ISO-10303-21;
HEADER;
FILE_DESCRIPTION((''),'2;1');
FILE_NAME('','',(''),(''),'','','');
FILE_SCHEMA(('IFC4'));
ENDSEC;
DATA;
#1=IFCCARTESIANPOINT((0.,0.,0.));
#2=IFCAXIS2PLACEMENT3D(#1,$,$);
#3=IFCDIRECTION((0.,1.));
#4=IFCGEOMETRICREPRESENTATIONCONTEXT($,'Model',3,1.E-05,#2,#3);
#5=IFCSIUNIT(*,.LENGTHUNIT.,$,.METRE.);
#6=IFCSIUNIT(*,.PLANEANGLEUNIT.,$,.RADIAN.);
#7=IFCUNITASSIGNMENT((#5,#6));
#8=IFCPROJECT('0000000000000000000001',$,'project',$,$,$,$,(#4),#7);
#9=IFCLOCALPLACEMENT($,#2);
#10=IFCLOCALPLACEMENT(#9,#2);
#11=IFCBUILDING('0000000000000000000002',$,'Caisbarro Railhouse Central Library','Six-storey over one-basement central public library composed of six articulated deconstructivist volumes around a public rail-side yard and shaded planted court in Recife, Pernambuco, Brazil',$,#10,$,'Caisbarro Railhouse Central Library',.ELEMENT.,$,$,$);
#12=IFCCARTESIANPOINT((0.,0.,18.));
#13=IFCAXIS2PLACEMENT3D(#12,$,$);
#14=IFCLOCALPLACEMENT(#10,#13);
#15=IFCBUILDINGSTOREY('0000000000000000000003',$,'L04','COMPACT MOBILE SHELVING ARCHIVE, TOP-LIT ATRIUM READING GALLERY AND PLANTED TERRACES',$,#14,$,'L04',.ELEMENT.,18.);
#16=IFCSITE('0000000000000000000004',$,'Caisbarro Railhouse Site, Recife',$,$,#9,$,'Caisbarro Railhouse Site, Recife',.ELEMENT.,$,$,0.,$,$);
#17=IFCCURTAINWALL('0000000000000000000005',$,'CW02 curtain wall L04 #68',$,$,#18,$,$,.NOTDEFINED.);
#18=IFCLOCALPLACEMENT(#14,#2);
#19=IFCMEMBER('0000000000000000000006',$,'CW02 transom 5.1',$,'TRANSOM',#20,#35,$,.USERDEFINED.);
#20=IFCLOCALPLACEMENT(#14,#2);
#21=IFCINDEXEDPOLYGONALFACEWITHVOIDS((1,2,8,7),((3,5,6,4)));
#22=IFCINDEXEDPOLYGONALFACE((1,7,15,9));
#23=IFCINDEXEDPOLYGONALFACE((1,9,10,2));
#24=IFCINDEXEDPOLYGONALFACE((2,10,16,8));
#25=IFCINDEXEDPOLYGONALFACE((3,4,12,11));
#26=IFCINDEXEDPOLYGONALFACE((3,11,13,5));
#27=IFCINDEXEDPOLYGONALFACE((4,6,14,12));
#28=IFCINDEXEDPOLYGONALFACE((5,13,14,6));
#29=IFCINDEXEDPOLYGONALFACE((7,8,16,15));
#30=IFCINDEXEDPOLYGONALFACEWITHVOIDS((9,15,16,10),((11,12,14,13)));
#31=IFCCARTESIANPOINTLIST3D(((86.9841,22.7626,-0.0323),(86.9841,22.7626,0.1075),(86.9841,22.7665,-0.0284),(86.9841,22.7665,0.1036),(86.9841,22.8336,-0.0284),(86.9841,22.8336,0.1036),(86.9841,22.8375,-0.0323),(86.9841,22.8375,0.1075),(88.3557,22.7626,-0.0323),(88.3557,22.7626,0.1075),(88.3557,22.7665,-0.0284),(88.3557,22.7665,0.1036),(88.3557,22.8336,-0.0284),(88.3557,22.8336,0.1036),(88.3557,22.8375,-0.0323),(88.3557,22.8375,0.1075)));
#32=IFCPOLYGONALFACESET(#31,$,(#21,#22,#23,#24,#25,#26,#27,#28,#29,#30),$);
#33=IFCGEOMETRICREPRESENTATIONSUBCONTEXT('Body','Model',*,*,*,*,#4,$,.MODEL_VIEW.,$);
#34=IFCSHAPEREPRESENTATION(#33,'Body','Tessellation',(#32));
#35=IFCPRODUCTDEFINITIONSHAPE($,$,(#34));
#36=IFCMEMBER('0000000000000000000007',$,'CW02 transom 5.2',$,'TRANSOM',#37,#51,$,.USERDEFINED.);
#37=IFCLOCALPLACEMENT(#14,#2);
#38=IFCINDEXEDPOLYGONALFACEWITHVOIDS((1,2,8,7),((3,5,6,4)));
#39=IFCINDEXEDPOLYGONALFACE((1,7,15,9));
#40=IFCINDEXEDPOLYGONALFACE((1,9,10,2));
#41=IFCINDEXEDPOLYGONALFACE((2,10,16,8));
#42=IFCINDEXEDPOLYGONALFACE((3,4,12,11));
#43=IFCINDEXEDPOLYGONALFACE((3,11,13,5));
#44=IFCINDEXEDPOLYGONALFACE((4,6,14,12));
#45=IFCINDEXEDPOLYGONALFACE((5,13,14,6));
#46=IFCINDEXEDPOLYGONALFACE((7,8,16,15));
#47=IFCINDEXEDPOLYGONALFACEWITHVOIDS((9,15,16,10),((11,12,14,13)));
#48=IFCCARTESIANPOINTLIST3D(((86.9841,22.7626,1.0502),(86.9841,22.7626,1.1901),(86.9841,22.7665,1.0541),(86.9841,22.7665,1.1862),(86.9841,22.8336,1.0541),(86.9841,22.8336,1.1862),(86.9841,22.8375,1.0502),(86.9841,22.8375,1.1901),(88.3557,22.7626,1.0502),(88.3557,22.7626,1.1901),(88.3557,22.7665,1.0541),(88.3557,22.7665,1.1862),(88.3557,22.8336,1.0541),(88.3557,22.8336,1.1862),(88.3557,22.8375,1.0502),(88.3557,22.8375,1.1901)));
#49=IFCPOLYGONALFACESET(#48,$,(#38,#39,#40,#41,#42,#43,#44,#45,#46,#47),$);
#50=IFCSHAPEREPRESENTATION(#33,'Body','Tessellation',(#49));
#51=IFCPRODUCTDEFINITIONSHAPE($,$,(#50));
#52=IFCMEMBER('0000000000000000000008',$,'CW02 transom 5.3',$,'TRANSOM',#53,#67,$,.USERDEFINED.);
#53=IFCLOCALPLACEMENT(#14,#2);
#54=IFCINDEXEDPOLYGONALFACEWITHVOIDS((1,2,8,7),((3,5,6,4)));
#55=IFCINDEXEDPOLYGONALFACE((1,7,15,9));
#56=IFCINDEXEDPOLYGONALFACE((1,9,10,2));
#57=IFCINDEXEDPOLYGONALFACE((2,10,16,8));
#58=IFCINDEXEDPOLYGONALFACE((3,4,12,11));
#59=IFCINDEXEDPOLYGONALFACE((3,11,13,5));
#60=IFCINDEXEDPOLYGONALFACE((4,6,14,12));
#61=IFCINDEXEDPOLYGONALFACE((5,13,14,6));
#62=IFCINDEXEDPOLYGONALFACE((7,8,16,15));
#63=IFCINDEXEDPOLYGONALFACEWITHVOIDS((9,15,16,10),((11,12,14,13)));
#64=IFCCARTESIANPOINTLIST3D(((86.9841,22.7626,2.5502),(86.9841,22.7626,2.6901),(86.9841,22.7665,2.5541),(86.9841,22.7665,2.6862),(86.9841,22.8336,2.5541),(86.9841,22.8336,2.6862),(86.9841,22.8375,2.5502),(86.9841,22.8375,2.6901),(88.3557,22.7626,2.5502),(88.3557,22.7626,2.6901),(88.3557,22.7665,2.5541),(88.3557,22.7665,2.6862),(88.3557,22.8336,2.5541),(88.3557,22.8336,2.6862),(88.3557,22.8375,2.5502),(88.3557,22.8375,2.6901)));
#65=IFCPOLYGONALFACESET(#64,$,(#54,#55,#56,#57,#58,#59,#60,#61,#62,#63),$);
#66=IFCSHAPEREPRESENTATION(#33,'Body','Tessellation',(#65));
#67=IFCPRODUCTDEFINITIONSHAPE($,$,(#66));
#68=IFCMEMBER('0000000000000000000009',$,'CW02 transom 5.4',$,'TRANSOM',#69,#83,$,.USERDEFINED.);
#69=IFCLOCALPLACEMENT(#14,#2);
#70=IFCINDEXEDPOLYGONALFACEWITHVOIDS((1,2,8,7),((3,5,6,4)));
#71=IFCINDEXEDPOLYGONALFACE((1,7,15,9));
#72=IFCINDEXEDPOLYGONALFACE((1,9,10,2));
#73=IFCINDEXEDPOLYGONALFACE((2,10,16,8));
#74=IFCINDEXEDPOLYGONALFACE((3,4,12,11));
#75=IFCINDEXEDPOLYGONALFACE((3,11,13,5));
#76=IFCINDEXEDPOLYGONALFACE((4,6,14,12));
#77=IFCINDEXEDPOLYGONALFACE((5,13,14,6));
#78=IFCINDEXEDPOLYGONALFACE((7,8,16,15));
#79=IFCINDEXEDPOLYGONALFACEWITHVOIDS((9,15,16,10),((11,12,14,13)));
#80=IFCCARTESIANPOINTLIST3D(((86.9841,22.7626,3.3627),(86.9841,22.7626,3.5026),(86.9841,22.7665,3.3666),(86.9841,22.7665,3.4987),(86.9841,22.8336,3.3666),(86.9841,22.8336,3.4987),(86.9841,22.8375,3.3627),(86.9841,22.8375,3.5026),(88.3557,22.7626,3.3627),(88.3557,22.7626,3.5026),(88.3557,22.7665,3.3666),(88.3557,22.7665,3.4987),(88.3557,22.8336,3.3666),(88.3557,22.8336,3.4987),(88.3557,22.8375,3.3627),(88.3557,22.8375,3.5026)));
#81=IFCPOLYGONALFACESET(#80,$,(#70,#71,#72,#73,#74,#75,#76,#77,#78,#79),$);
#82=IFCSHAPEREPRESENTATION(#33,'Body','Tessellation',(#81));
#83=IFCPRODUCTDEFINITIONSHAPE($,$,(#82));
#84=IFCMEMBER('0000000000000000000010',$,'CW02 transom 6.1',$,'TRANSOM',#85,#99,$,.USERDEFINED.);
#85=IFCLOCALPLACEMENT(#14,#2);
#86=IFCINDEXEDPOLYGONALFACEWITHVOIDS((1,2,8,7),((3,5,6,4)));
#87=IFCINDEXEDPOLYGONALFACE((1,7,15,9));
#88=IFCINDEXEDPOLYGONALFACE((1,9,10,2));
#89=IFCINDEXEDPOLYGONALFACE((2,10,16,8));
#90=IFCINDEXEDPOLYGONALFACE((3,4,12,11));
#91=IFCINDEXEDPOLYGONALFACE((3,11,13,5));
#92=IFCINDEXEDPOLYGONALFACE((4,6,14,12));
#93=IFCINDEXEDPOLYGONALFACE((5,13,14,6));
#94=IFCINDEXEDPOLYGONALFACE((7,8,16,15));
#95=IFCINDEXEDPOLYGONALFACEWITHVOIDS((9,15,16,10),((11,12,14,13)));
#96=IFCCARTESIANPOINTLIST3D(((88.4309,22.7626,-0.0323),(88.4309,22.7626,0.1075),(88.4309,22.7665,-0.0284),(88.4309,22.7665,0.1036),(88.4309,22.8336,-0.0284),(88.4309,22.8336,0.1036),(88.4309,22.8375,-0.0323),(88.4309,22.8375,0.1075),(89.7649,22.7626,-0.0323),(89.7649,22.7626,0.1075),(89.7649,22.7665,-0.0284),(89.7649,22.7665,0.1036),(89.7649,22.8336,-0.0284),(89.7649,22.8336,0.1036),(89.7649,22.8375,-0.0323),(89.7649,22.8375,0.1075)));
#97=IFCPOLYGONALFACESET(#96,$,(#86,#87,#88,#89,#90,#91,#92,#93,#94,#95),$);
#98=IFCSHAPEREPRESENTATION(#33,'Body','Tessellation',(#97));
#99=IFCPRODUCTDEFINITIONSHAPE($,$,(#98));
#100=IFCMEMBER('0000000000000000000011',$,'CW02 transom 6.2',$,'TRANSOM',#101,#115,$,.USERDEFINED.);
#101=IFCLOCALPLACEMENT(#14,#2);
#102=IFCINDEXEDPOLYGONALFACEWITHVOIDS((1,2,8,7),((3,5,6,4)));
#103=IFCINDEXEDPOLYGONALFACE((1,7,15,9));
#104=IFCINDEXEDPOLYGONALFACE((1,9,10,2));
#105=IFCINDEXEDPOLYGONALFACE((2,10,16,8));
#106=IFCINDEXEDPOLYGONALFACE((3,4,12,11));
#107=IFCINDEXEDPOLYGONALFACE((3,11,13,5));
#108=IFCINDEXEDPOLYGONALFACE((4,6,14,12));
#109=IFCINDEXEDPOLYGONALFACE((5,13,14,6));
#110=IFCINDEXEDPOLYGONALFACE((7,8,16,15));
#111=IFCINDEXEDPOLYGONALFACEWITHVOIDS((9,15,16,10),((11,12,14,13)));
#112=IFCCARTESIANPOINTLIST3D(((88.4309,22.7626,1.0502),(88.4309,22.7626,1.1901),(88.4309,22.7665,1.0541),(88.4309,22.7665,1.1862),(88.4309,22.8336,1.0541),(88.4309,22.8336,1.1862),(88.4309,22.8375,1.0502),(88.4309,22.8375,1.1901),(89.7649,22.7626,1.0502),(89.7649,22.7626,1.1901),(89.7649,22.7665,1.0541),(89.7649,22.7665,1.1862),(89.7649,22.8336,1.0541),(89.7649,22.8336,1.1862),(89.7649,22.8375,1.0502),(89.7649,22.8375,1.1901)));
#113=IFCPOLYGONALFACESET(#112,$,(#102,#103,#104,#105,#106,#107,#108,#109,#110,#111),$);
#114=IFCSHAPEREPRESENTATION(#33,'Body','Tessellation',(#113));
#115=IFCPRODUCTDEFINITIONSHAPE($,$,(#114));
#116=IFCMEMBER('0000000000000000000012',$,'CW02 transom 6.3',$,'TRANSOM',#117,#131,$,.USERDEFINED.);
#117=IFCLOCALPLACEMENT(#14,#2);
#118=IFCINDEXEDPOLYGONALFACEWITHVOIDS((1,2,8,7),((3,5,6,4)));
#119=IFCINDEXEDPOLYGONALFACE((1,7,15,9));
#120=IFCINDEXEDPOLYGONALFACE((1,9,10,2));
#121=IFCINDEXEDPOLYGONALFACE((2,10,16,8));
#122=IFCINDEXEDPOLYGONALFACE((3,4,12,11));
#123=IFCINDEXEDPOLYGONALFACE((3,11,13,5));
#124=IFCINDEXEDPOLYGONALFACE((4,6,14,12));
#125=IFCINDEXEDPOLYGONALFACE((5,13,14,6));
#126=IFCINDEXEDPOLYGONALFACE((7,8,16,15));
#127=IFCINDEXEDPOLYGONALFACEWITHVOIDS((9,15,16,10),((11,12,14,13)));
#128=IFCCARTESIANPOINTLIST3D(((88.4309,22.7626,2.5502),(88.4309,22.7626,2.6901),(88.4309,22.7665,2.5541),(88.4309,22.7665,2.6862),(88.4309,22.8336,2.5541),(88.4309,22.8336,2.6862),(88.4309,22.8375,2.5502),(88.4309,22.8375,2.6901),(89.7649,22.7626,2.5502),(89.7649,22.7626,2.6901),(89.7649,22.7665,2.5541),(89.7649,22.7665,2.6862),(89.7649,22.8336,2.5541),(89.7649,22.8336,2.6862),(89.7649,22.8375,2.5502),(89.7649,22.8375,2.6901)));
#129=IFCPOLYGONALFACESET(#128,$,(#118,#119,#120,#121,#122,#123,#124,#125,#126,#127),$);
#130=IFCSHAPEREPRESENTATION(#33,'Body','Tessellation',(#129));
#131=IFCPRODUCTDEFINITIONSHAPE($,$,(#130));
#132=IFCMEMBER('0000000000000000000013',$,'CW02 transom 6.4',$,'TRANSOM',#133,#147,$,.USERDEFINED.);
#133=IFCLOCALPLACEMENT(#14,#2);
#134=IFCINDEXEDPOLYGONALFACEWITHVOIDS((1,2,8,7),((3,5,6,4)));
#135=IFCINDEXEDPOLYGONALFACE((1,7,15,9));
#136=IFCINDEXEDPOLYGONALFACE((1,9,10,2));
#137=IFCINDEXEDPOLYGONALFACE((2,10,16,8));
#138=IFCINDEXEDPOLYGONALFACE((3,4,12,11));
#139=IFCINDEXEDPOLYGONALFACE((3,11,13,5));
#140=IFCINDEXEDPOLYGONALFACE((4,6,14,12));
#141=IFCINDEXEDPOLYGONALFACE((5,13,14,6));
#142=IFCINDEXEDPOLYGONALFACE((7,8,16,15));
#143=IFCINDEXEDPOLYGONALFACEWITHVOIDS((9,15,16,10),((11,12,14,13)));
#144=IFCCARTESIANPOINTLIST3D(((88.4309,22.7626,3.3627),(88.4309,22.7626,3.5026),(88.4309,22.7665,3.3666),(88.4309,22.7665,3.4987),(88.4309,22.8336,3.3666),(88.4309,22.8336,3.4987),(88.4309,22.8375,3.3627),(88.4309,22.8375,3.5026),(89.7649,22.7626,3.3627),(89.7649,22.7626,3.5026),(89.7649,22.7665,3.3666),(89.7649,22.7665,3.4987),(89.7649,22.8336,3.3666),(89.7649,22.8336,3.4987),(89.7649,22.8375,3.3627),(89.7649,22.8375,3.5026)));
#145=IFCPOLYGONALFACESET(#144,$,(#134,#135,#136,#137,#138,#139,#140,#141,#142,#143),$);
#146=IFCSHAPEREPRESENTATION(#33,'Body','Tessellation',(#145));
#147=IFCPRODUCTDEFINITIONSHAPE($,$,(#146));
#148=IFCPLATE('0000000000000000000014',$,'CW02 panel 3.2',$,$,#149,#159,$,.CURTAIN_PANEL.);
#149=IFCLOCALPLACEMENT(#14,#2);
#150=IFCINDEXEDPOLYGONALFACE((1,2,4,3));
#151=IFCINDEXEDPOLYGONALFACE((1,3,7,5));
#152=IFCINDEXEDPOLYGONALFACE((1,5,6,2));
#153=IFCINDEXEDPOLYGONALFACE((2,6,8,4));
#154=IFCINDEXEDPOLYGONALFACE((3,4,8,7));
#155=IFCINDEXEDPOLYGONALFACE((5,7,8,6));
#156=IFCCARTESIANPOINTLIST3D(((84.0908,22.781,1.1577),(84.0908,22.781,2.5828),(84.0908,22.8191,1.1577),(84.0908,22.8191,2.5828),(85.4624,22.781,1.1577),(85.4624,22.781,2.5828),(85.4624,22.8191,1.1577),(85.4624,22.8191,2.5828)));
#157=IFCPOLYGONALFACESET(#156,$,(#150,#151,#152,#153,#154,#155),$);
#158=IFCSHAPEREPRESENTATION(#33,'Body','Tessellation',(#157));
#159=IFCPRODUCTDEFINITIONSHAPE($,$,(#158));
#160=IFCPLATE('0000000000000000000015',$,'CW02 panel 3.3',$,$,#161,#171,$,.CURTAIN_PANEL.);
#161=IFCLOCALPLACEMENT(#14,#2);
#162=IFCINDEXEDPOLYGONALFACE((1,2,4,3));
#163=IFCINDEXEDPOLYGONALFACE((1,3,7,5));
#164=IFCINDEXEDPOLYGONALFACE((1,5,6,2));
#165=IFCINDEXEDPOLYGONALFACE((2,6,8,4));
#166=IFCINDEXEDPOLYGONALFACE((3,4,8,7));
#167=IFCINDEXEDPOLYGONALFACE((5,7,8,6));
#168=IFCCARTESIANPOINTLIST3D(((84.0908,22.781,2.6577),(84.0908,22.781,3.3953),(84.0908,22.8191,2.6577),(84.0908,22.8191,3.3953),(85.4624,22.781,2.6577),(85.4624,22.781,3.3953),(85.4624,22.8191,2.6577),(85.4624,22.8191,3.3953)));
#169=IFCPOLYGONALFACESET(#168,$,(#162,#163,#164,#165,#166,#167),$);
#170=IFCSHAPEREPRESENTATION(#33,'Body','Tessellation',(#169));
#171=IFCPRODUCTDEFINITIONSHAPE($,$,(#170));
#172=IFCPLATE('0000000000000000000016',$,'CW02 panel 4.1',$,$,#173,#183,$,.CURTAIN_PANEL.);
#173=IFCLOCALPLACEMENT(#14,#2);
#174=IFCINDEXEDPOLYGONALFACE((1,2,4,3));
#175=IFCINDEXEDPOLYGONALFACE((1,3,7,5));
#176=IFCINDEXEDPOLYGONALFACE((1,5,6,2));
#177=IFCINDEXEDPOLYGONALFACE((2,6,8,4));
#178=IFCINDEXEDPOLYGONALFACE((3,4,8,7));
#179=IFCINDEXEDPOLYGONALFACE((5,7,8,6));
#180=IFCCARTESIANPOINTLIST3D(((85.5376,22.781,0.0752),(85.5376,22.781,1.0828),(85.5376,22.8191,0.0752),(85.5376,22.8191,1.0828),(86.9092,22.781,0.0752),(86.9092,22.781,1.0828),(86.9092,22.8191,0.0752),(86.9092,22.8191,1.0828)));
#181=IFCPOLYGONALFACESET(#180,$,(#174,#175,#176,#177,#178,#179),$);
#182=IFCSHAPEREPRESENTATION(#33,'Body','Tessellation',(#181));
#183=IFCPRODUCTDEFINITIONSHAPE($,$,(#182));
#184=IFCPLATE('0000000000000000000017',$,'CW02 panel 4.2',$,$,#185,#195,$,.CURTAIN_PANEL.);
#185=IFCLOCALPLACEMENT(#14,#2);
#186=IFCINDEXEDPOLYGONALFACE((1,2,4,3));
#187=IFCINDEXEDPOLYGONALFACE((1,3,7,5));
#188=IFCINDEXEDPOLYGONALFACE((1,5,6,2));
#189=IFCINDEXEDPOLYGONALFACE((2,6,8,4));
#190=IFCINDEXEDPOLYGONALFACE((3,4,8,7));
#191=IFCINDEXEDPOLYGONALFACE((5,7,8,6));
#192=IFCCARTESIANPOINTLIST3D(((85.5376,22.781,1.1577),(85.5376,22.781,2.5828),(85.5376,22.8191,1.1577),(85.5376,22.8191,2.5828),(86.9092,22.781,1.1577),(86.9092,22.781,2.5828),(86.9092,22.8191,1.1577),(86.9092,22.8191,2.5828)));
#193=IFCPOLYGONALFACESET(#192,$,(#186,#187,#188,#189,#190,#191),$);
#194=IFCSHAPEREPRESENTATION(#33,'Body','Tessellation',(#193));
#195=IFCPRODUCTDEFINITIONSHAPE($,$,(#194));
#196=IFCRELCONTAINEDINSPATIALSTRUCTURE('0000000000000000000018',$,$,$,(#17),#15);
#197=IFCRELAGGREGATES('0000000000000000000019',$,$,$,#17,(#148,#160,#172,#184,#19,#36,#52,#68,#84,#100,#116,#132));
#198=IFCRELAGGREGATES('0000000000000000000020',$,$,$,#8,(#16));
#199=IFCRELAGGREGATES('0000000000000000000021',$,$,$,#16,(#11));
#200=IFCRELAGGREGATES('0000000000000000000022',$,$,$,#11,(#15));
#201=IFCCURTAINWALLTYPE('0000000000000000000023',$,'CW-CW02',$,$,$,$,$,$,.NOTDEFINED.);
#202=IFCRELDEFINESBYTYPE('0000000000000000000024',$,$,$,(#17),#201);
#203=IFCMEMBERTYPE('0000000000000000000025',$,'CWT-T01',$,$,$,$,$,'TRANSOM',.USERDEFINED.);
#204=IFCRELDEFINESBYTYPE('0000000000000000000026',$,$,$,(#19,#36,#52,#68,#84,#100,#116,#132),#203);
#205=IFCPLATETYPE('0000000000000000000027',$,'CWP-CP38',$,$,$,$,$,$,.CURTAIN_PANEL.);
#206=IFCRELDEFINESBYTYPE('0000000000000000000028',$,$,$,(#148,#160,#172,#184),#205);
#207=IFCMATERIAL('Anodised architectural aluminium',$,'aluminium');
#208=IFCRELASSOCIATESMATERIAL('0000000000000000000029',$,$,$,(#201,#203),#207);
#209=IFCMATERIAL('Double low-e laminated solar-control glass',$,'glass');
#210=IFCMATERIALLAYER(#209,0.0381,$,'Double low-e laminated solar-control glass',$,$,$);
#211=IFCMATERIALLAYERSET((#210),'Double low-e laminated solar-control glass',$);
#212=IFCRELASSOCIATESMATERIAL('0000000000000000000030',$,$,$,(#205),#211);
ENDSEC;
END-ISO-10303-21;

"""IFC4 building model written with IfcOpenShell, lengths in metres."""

from ifc_helpers import new_model, si_unit, direction, frame, origin, origin_2d, place, context, subcontext, project, spatial, rectangle, hollow_rectangle, extrude, material, layer, layer_set, material_profile, profile_set, type_object, element, aggregate, save


model = new_model("IFC4")

# Units and contexts
model_context = context("Model", 3, precision=1e-05, world=origin(), true_north=direction((0.0, 1.0)))
body_context = subcontext(model_context, "Body", "Model", "MODEL_VIEW")
ifc_project = project(units=[si_unit("LENGTHUNIT", "METRE"), si_unit("PLANEANGLEUNIT", "RADIAN")], contexts=[model_context])

# Site, building, storey
site_placement = place(None, origin())
site = spatial("IfcSite", under=ifc_project, at=site_placement, Name="Caisbarro Railhouse Site, Recife", LongName="Caisbarro Railhouse Site, Recife", CompositionType="ELEMENT", RefElevation=0.0)
building_placement = place(site_placement, origin())
building = spatial("IfcBuilding", under=site, at=building_placement, Name="Caisbarro Railhouse Central Library", Description="Six-storey over one-basement central public library composed of six articulated deconstructivist volumes around a public rail-side yard and shaded planted court in Recife, Pernambuco, Brazil", LongName="Caisbarro Railhouse Central Library", CompositionType="ELEMENT")
storey_placement = place(building_placement, frame((0.0, 0.0, 18.0)))
storey = spatial("IfcBuildingStorey", under=building, at=storey_placement, Name="L04", Description="COMPACT MOBILE SHELVING ARCHIVE, TOP-LIT ATRIUM READING GALLERY AND PLANTED TERRACES", LongName="L04", CompositionType="ELEMENT", Elevation=18.0)

# Curtain wall, members, plates
ifc_material_1 = material(Name="Anodised architectural aluminium", Category="aluminium")
curtain_wall_type = type_object("IfcCurtainWallType", Name="CW-CW02", PredefinedType="NOTDEFINED", material=ifc_material_1)
curtain_wall_placement = place(storey_placement, origin())
curtain_wall = element("IfcCurtainWall", 1, at=curtain_wall_placement, inside=storey, type_object=curtain_wall_type, Name="CW02 curtain wall L04 #68", PredefinedType="NOTDEFINED")
ifc_material_profile_1 = material_profile(ifc_material_1, hollow_rectangle(XDim=0.075, YDim=0.1399, WallThickness=0.0039, at=origin_2d()), Name="ALU-TRN-75X140")
ifc_profile_set_1 = profile_set([ifc_material_profile_1], Name="Anodised architectural aluminium")
member_type_1 = type_object("IfcMemberType", Name="CWT-T01", ElementType="TRANSOM", PredefinedType="USERDEFINED", material=ifc_profile_set_1)
member_1_placement = place(storey_placement, frame((86.9841, 22.8, 0.0376), z_axis=(1.0, 0.0, 0.0), x_axis=(0.0, 1.0, 0.0)))
member_1 = element("IfcMember", 2, at=member_1_placement, type_object=member_type_1, Name="CW02 transom 5.1", ObjectType="TRANSOM", PredefinedType="USERDEFINED", context=body_context, shape_type="SweptSolid", body=[
    extrude(hollow_rectangle(XDim=0.075, YDim=0.1399, WallThickness=0.0039, at=origin_2d()), origin(), (0.0, 0.0, 1.0), 1.3716),
])
member_2_placement = place(storey_placement, frame((86.9841, 22.8, 1.1201), z_axis=(1.0, 0.0, 0.0), x_axis=(0.0, 1.0, 0.0)))
member_2 = element("IfcMember", 3, at=member_2_placement, type_object=member_type_1, Name="CW02 transom 5.2", ObjectType="TRANSOM", PredefinedType="USERDEFINED", context=body_context, shape_type="SweptSolid", body=[
    extrude(hollow_rectangle(XDim=0.075, YDim=0.1399, WallThickness=0.0039, at=origin_2d()), origin(), (0.0, 0.0, 1.0), 1.3716),
])
member_3_placement = place(storey_placement, frame((86.9841, 22.8, 2.6201), z_axis=(1.0, 0.0, 0.0), x_axis=(0.0, 1.0, 0.0)))
member_3 = element("IfcMember", 4, at=member_3_placement, type_object=member_type_1, Name="CW02 transom 5.3", ObjectType="TRANSOM", PredefinedType="USERDEFINED", context=body_context, shape_type="SweptSolid", body=[
    extrude(hollow_rectangle(XDim=0.075, YDim=0.1399, WallThickness=0.0039, at=origin_2d()), origin(), (0.0, 0.0, 1.0), 1.3716),
])
member_4_placement = place(storey_placement, frame((86.9841, 22.8, 3.4326), z_axis=(1.0, 0.0, 0.0), x_axis=(0.0, 1.0, 0.0)))
member_4 = element("IfcMember", 5, at=member_4_placement, type_object=member_type_1, Name="CW02 transom 5.4", ObjectType="TRANSOM", PredefinedType="USERDEFINED", context=body_context, shape_type="SweptSolid", body=[
    extrude(hollow_rectangle(XDim=0.075, YDim=0.1399, WallThickness=0.0039, at=origin_2d()), origin(), (0.0, 0.0, 1.0), 1.3716),
])
member_5_placement = place(storey_placement, frame((88.4309, 22.8, 0.0376), z_axis=(1.0, 0.0, 0.0), x_axis=(0.0, 1.0, 0.0)))
member_5 = element("IfcMember", 6, at=member_5_placement, type_object=member_type_1, Name="CW02 transom 6.1", ObjectType="TRANSOM", PredefinedType="USERDEFINED", context=body_context, shape_type="SweptSolid", body=[
    extrude(hollow_rectangle(XDim=0.075, YDim=0.1399, WallThickness=0.0039, at=origin_2d()), origin(), (0.0, 0.0, 1.0), 1.334),
])
member_6_placement = place(storey_placement, frame((88.4309, 22.8, 1.1201), z_axis=(1.0, 0.0, 0.0), x_axis=(0.0, 1.0, 0.0)))
member_6 = element("IfcMember", 7, at=member_6_placement, type_object=member_type_1, Name="CW02 transom 6.2", ObjectType="TRANSOM", PredefinedType="USERDEFINED", context=body_context, shape_type="SweptSolid", body=[
    extrude(hollow_rectangle(XDim=0.075, YDim=0.1399, WallThickness=0.0039, at=origin_2d()), origin(), (0.0, 0.0, 1.0), 1.334),
])
member_7_placement = place(storey_placement, frame((88.4309, 22.8, 2.6201), z_axis=(1.0, 0.0, 0.0), x_axis=(0.0, 1.0, 0.0)))
member_7 = element("IfcMember", 8, at=member_7_placement, type_object=member_type_1, Name="CW02 transom 6.3", ObjectType="TRANSOM", PredefinedType="USERDEFINED", context=body_context, shape_type="SweptSolid", body=[
    extrude(hollow_rectangle(XDim=0.075, YDim=0.1399, WallThickness=0.0039, at=origin_2d()), origin(), (0.0, 0.0, 1.0), 1.334),
])
member_8_placement = place(storey_placement, frame((88.4309, 22.8, 3.4326), z_axis=(1.0, 0.0, 0.0), x_axis=(0.0, 1.0, 0.0)))
member_8 = element("IfcMember", 9, at=member_8_placement, type_object=member_type_1, Name="CW02 transom 6.4", ObjectType="TRANSOM", PredefinedType="USERDEFINED", context=body_context, shape_type="SweptSolid", body=[
    extrude(hollow_rectangle(XDim=0.075, YDim=0.1399, WallThickness=0.0039, at=origin_2d()), origin(), (0.0, 0.0, 1.0), 1.334),
])
ifc_material_2 = material(Name="Double low-e laminated solar-control glass", Category="glass")
ifc_layer_1 = layer(ifc_material_2, 0.0381, Name="Double low-e laminated solar-control glass")
ifc_layer_set_1 = layer_set([ifc_layer_1], Name="Double low-e laminated solar-control glass")
plate_type = type_object("IfcPlateType", Name="CWP-CP38", PredefinedType="CURTAIN_PANEL", material=ifc_layer_set_1)
plate_1_placement = place(storey_placement, frame((84.7766, 22.8, 1.1577), z_axis=(0.0, 0.0, 1.0), x_axis=(1.0, 0.0, 0.0)))
plate_1 = element("IfcPlate", 10, at=plate_1_placement, type_object=plate_type, Name="CW02 panel 3.2", PredefinedType="CURTAIN_PANEL", context=body_context, shape_type="SweptSolid", body=[
    extrude(rectangle(XDim=1.3716, YDim=0.0381, at=origin_2d()), origin(), (0.0, 0.0, 1.0), 1.425),
])
plate_2_placement = place(storey_placement, frame((84.7766, 22.8, 2.6577), z_axis=(0.0, 0.0, 1.0), x_axis=(1.0, 0.0, 0.0)))
plate_2 = element("IfcPlate", 11, at=plate_2_placement, type_object=plate_type, Name="CW02 panel 3.3", PredefinedType="CURTAIN_PANEL", context=body_context, shape_type="SweptSolid", body=[
    extrude(rectangle(XDim=1.3716, YDim=0.0381, at=origin_2d()), origin(), (0.0, 0.0, 1.0), 0.7375),
])
plate_3_placement = place(storey_placement, frame((86.2234, 22.8, 0.0752), z_axis=(0.0, 0.0, 1.0), x_axis=(1.0, 0.0, 0.0)))
plate_3 = element("IfcPlate", 12, at=plate_3_placement, type_object=plate_type, Name="CW02 panel 4.1", PredefinedType="CURTAIN_PANEL", context=body_context, shape_type="SweptSolid", body=[
    extrude(rectangle(XDim=1.3716, YDim=0.0381, at=origin_2d()), origin(), (0.0, 0.0, 1.0), 1.0076),
])
plate_4_placement = place(storey_placement, frame((86.2234, 22.8, 1.1577), z_axis=(0.0, 0.0, 1.0), x_axis=(1.0, 0.0, 0.0)))
plate_4 = element("IfcPlate", 13, at=plate_4_placement, type_object=plate_type, Name="CW02 panel 4.2", PredefinedType="CURTAIN_PANEL", context=body_context, shape_type="SweptSolid", body=[
    extrude(rectangle(XDim=1.3716, YDim=0.0381, at=origin_2d()), origin(), (0.0, 0.0, 1.0), 1.425),
])
aggregate(curtain_wall, [plate_1, plate_2, plate_3, plate_4, member_1, member_2, member_3, member_4, member_5, member_6, member_7, member_8])

save(model, "model.ifc")
